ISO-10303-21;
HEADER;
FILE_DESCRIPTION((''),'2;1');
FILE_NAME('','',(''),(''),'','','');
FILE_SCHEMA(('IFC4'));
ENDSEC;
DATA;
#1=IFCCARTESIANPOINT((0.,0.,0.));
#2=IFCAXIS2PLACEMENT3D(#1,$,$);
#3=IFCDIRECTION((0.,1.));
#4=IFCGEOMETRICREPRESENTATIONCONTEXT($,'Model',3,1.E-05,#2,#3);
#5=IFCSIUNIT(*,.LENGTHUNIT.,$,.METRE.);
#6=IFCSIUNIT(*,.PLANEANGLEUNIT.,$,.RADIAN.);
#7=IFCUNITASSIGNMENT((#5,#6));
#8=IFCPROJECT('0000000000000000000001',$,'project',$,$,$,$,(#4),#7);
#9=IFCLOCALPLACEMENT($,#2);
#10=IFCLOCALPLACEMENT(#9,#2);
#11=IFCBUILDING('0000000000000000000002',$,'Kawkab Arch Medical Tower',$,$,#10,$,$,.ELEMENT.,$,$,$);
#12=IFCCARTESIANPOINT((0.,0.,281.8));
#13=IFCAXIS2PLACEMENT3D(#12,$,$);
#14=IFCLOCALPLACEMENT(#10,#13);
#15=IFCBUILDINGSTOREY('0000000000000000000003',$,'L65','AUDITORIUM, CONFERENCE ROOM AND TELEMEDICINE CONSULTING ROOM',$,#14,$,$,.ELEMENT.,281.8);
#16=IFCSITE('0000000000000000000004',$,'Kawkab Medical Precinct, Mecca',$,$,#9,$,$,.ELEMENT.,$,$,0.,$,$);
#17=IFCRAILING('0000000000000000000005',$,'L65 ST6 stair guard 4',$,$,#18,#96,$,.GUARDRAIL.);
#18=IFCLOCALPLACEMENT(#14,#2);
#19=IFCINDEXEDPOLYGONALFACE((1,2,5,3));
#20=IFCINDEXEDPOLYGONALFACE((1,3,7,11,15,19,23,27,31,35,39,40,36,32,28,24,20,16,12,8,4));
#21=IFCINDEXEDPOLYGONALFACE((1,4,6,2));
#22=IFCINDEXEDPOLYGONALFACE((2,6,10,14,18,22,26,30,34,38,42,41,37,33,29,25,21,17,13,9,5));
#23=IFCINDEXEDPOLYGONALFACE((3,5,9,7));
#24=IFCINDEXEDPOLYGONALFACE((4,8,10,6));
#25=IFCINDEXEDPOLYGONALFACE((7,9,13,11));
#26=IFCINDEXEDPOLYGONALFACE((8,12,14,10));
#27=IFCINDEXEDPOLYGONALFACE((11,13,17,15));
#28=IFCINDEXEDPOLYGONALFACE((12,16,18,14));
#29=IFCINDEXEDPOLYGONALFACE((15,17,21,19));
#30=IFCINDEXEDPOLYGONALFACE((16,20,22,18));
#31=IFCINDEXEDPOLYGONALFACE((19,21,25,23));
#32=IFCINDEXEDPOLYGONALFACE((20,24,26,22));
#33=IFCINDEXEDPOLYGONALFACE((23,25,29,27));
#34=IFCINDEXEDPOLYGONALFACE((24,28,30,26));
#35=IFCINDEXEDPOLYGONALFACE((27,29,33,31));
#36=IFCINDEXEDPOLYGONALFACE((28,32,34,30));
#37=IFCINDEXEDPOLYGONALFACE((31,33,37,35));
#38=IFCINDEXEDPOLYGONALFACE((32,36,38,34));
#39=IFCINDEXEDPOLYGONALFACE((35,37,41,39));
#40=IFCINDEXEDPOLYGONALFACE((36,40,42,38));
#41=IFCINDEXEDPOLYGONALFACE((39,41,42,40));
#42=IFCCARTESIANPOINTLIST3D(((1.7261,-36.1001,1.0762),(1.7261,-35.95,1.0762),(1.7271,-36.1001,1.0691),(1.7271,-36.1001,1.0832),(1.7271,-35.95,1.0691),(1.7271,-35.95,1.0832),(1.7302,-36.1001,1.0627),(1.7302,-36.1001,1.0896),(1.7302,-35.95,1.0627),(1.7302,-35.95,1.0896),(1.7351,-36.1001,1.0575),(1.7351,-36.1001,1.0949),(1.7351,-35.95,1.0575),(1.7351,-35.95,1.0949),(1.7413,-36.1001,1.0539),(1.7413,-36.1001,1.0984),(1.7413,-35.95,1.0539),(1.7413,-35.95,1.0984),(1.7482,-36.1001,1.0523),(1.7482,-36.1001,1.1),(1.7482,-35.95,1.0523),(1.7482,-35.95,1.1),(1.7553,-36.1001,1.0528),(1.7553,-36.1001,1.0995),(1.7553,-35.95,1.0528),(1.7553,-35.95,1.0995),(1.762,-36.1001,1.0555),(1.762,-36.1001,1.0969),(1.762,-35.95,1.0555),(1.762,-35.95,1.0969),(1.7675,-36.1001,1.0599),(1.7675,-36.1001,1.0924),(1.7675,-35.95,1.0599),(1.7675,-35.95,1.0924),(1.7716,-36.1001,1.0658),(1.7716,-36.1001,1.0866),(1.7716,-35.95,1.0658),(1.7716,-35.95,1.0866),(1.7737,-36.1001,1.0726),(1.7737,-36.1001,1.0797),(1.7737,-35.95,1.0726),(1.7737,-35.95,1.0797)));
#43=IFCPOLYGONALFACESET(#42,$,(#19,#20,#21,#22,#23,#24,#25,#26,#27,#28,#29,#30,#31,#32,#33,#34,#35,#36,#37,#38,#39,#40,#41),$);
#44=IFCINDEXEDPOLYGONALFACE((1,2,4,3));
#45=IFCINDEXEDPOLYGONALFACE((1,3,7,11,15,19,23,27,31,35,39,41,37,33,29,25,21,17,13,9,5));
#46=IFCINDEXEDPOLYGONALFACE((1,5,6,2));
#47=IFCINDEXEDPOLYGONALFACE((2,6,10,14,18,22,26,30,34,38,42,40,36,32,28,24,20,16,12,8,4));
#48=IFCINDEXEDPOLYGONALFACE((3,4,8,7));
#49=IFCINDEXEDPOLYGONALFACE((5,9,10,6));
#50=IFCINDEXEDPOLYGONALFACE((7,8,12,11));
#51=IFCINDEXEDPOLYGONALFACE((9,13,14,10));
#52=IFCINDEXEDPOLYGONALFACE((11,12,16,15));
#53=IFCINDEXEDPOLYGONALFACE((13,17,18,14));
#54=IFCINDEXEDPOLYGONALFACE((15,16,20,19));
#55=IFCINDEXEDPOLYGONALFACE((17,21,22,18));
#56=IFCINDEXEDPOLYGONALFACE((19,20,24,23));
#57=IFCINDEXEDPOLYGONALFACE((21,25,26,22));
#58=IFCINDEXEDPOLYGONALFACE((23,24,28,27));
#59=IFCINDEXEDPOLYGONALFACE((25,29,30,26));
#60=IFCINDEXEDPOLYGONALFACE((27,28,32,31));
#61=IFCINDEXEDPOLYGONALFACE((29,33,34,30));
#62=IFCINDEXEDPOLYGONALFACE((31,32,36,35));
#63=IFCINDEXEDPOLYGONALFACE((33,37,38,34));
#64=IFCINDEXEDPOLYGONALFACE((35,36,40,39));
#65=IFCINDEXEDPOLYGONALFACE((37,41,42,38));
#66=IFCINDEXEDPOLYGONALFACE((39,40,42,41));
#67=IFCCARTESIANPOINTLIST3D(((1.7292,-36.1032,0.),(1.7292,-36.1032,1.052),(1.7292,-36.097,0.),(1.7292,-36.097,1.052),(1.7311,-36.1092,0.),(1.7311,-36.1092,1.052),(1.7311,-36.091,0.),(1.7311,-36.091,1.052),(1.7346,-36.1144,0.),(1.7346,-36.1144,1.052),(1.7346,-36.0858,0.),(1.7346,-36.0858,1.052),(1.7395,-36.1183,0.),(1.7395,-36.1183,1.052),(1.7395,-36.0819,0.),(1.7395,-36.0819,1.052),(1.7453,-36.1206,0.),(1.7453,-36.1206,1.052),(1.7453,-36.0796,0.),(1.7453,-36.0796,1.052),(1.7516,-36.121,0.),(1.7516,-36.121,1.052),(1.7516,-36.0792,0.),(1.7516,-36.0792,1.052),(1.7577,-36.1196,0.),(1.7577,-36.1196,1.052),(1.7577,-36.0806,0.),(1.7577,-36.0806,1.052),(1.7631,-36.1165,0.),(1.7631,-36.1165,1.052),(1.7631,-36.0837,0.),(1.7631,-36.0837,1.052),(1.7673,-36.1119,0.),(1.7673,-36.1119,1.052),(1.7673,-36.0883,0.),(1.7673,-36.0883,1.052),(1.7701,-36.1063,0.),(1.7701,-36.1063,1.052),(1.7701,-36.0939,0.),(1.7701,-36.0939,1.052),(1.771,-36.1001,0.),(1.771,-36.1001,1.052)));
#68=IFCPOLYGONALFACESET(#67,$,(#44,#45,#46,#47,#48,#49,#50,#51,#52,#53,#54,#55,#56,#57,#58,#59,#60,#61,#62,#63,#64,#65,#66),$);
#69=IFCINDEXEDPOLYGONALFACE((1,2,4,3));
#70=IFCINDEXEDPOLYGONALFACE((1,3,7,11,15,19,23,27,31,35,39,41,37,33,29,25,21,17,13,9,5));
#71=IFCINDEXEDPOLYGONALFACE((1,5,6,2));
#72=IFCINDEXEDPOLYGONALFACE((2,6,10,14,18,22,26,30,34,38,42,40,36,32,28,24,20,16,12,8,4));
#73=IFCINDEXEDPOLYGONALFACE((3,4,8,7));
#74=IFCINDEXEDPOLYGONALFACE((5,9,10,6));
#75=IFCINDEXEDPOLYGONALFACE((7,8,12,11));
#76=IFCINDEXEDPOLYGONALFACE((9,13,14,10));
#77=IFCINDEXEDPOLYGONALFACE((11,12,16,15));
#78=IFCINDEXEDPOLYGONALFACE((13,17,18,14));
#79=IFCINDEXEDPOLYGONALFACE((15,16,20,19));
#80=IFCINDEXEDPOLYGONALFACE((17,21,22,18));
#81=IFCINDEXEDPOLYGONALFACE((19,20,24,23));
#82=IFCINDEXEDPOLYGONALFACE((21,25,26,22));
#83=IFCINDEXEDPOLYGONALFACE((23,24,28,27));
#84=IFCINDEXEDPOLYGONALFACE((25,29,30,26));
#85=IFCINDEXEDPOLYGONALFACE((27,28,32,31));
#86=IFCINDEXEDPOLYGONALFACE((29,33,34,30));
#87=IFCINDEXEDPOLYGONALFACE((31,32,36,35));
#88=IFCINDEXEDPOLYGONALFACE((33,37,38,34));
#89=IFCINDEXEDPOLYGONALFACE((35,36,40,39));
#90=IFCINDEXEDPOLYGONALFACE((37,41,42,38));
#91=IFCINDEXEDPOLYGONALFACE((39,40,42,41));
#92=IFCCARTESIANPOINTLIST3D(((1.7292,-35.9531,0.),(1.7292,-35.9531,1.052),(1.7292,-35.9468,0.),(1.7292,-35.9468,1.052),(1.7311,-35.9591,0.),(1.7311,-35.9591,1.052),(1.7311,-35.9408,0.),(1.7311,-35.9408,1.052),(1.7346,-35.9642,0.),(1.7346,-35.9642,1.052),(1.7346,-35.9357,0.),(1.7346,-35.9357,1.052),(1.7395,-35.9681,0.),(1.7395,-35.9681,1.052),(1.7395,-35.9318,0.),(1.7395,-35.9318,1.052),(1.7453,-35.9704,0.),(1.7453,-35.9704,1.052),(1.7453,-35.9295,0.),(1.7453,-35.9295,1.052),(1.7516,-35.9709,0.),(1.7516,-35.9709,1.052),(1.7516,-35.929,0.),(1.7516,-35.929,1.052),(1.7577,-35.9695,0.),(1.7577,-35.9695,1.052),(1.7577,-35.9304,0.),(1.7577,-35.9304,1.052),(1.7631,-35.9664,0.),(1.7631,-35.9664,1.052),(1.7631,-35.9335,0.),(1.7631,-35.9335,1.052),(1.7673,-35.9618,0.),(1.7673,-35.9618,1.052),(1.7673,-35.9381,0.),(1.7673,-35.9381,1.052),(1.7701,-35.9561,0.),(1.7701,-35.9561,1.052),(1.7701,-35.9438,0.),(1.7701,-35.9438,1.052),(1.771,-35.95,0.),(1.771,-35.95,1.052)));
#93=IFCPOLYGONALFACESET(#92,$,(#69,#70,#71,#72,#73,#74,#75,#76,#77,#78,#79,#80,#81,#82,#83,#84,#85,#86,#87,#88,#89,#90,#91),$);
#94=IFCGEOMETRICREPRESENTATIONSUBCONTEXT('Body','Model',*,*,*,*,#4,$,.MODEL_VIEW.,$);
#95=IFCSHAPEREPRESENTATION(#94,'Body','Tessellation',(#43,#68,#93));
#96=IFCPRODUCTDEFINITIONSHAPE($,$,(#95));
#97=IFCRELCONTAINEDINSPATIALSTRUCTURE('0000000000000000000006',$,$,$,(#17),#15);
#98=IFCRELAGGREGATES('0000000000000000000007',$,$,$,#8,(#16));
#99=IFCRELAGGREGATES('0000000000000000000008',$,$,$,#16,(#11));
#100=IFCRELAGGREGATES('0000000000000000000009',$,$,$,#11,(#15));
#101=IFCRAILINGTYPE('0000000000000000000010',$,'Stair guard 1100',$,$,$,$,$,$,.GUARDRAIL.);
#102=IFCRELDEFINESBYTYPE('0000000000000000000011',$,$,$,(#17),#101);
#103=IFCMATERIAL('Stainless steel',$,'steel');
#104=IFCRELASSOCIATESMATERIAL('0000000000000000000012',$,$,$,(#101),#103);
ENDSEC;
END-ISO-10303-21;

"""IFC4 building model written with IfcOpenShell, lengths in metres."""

from ifc_helpers import new_model, si_unit, direction, frame, origin, origin_2d, place, context, subcontext, project, spatial, circle, extrude, material, type_object, element, save


model = new_model("IFC4")

# Units and contexts
model_context = context("Model", 3, precision=1e-05, world=origin(), true_north=direction((0.0, 1.0)))
body_context = subcontext(model_context, "Body", "Model", "MODEL_VIEW")
ifc_project = project(units=[si_unit("LENGTHUNIT", "METRE"), si_unit("PLANEANGLEUNIT", "RADIAN")], contexts=[model_context])

# Site, building, storey
site_placement = place(None, origin())
site = spatial("IfcSite", under=ifc_project, at=site_placement, Name="Kawkab Medical Precinct, Mecca", CompositionType="ELEMENT", RefElevation=0.0)
building_placement = place(site_placement, origin())
building = spatial("IfcBuilding", under=site, at=building_placement, Name="Kawkab Arch Medical Tower", CompositionType="ELEMENT")
storey_placement = place(building_placement, frame((0.0, 0.0, 281.8)))
storey = spatial("IfcBuildingStorey", under=building, at=storey_placement, Name="L65", Description="AUDITORIUM, CONFERENCE ROOM AND TELEMEDICINE CONSULTING ROOM", CompositionType="ELEMENT", Elevation=281.8)

# Railing
ifc_material_1 = material(Name="Stainless steel", Category="steel")
railing_type_1 = type_object("IfcRailingType", Name="Stair guard 1100", PredefinedType="GUARDRAIL", material=ifc_material_1)
railing_1_placement = place(storey_placement, frame((1.75, -36.1001, 0.0)))
element("IfcRailing", 1, at=railing_1_placement, inside=storey, type_object=railing_type_1, Name="L65 ST6 stair guard 4", PredefinedType="GUARDRAIL", context=body_context, shape_type="SweptSolid", body=[
    extrude(circle(Radius=0.0239, at=origin_2d()), frame((0.0, 0.0, 1.0762), z_axis=(0.0, 1.0, 0.0), x_axis=(-1.0, 0.0, 0.0)), (0.0, 0.0, 1.0), 0.1501),
    extrude(circle(Radius=0.021, at=origin_2d()), origin(), (0.0, 0.0, 1.0), 1.052),
    extrude(circle(Radius=0.021, at=origin_2d()), frame((0.0, 0.1501, 0.0)), (0.0, 0.0, 1.0), 1.052),
])

save(model, "model.ifc")
